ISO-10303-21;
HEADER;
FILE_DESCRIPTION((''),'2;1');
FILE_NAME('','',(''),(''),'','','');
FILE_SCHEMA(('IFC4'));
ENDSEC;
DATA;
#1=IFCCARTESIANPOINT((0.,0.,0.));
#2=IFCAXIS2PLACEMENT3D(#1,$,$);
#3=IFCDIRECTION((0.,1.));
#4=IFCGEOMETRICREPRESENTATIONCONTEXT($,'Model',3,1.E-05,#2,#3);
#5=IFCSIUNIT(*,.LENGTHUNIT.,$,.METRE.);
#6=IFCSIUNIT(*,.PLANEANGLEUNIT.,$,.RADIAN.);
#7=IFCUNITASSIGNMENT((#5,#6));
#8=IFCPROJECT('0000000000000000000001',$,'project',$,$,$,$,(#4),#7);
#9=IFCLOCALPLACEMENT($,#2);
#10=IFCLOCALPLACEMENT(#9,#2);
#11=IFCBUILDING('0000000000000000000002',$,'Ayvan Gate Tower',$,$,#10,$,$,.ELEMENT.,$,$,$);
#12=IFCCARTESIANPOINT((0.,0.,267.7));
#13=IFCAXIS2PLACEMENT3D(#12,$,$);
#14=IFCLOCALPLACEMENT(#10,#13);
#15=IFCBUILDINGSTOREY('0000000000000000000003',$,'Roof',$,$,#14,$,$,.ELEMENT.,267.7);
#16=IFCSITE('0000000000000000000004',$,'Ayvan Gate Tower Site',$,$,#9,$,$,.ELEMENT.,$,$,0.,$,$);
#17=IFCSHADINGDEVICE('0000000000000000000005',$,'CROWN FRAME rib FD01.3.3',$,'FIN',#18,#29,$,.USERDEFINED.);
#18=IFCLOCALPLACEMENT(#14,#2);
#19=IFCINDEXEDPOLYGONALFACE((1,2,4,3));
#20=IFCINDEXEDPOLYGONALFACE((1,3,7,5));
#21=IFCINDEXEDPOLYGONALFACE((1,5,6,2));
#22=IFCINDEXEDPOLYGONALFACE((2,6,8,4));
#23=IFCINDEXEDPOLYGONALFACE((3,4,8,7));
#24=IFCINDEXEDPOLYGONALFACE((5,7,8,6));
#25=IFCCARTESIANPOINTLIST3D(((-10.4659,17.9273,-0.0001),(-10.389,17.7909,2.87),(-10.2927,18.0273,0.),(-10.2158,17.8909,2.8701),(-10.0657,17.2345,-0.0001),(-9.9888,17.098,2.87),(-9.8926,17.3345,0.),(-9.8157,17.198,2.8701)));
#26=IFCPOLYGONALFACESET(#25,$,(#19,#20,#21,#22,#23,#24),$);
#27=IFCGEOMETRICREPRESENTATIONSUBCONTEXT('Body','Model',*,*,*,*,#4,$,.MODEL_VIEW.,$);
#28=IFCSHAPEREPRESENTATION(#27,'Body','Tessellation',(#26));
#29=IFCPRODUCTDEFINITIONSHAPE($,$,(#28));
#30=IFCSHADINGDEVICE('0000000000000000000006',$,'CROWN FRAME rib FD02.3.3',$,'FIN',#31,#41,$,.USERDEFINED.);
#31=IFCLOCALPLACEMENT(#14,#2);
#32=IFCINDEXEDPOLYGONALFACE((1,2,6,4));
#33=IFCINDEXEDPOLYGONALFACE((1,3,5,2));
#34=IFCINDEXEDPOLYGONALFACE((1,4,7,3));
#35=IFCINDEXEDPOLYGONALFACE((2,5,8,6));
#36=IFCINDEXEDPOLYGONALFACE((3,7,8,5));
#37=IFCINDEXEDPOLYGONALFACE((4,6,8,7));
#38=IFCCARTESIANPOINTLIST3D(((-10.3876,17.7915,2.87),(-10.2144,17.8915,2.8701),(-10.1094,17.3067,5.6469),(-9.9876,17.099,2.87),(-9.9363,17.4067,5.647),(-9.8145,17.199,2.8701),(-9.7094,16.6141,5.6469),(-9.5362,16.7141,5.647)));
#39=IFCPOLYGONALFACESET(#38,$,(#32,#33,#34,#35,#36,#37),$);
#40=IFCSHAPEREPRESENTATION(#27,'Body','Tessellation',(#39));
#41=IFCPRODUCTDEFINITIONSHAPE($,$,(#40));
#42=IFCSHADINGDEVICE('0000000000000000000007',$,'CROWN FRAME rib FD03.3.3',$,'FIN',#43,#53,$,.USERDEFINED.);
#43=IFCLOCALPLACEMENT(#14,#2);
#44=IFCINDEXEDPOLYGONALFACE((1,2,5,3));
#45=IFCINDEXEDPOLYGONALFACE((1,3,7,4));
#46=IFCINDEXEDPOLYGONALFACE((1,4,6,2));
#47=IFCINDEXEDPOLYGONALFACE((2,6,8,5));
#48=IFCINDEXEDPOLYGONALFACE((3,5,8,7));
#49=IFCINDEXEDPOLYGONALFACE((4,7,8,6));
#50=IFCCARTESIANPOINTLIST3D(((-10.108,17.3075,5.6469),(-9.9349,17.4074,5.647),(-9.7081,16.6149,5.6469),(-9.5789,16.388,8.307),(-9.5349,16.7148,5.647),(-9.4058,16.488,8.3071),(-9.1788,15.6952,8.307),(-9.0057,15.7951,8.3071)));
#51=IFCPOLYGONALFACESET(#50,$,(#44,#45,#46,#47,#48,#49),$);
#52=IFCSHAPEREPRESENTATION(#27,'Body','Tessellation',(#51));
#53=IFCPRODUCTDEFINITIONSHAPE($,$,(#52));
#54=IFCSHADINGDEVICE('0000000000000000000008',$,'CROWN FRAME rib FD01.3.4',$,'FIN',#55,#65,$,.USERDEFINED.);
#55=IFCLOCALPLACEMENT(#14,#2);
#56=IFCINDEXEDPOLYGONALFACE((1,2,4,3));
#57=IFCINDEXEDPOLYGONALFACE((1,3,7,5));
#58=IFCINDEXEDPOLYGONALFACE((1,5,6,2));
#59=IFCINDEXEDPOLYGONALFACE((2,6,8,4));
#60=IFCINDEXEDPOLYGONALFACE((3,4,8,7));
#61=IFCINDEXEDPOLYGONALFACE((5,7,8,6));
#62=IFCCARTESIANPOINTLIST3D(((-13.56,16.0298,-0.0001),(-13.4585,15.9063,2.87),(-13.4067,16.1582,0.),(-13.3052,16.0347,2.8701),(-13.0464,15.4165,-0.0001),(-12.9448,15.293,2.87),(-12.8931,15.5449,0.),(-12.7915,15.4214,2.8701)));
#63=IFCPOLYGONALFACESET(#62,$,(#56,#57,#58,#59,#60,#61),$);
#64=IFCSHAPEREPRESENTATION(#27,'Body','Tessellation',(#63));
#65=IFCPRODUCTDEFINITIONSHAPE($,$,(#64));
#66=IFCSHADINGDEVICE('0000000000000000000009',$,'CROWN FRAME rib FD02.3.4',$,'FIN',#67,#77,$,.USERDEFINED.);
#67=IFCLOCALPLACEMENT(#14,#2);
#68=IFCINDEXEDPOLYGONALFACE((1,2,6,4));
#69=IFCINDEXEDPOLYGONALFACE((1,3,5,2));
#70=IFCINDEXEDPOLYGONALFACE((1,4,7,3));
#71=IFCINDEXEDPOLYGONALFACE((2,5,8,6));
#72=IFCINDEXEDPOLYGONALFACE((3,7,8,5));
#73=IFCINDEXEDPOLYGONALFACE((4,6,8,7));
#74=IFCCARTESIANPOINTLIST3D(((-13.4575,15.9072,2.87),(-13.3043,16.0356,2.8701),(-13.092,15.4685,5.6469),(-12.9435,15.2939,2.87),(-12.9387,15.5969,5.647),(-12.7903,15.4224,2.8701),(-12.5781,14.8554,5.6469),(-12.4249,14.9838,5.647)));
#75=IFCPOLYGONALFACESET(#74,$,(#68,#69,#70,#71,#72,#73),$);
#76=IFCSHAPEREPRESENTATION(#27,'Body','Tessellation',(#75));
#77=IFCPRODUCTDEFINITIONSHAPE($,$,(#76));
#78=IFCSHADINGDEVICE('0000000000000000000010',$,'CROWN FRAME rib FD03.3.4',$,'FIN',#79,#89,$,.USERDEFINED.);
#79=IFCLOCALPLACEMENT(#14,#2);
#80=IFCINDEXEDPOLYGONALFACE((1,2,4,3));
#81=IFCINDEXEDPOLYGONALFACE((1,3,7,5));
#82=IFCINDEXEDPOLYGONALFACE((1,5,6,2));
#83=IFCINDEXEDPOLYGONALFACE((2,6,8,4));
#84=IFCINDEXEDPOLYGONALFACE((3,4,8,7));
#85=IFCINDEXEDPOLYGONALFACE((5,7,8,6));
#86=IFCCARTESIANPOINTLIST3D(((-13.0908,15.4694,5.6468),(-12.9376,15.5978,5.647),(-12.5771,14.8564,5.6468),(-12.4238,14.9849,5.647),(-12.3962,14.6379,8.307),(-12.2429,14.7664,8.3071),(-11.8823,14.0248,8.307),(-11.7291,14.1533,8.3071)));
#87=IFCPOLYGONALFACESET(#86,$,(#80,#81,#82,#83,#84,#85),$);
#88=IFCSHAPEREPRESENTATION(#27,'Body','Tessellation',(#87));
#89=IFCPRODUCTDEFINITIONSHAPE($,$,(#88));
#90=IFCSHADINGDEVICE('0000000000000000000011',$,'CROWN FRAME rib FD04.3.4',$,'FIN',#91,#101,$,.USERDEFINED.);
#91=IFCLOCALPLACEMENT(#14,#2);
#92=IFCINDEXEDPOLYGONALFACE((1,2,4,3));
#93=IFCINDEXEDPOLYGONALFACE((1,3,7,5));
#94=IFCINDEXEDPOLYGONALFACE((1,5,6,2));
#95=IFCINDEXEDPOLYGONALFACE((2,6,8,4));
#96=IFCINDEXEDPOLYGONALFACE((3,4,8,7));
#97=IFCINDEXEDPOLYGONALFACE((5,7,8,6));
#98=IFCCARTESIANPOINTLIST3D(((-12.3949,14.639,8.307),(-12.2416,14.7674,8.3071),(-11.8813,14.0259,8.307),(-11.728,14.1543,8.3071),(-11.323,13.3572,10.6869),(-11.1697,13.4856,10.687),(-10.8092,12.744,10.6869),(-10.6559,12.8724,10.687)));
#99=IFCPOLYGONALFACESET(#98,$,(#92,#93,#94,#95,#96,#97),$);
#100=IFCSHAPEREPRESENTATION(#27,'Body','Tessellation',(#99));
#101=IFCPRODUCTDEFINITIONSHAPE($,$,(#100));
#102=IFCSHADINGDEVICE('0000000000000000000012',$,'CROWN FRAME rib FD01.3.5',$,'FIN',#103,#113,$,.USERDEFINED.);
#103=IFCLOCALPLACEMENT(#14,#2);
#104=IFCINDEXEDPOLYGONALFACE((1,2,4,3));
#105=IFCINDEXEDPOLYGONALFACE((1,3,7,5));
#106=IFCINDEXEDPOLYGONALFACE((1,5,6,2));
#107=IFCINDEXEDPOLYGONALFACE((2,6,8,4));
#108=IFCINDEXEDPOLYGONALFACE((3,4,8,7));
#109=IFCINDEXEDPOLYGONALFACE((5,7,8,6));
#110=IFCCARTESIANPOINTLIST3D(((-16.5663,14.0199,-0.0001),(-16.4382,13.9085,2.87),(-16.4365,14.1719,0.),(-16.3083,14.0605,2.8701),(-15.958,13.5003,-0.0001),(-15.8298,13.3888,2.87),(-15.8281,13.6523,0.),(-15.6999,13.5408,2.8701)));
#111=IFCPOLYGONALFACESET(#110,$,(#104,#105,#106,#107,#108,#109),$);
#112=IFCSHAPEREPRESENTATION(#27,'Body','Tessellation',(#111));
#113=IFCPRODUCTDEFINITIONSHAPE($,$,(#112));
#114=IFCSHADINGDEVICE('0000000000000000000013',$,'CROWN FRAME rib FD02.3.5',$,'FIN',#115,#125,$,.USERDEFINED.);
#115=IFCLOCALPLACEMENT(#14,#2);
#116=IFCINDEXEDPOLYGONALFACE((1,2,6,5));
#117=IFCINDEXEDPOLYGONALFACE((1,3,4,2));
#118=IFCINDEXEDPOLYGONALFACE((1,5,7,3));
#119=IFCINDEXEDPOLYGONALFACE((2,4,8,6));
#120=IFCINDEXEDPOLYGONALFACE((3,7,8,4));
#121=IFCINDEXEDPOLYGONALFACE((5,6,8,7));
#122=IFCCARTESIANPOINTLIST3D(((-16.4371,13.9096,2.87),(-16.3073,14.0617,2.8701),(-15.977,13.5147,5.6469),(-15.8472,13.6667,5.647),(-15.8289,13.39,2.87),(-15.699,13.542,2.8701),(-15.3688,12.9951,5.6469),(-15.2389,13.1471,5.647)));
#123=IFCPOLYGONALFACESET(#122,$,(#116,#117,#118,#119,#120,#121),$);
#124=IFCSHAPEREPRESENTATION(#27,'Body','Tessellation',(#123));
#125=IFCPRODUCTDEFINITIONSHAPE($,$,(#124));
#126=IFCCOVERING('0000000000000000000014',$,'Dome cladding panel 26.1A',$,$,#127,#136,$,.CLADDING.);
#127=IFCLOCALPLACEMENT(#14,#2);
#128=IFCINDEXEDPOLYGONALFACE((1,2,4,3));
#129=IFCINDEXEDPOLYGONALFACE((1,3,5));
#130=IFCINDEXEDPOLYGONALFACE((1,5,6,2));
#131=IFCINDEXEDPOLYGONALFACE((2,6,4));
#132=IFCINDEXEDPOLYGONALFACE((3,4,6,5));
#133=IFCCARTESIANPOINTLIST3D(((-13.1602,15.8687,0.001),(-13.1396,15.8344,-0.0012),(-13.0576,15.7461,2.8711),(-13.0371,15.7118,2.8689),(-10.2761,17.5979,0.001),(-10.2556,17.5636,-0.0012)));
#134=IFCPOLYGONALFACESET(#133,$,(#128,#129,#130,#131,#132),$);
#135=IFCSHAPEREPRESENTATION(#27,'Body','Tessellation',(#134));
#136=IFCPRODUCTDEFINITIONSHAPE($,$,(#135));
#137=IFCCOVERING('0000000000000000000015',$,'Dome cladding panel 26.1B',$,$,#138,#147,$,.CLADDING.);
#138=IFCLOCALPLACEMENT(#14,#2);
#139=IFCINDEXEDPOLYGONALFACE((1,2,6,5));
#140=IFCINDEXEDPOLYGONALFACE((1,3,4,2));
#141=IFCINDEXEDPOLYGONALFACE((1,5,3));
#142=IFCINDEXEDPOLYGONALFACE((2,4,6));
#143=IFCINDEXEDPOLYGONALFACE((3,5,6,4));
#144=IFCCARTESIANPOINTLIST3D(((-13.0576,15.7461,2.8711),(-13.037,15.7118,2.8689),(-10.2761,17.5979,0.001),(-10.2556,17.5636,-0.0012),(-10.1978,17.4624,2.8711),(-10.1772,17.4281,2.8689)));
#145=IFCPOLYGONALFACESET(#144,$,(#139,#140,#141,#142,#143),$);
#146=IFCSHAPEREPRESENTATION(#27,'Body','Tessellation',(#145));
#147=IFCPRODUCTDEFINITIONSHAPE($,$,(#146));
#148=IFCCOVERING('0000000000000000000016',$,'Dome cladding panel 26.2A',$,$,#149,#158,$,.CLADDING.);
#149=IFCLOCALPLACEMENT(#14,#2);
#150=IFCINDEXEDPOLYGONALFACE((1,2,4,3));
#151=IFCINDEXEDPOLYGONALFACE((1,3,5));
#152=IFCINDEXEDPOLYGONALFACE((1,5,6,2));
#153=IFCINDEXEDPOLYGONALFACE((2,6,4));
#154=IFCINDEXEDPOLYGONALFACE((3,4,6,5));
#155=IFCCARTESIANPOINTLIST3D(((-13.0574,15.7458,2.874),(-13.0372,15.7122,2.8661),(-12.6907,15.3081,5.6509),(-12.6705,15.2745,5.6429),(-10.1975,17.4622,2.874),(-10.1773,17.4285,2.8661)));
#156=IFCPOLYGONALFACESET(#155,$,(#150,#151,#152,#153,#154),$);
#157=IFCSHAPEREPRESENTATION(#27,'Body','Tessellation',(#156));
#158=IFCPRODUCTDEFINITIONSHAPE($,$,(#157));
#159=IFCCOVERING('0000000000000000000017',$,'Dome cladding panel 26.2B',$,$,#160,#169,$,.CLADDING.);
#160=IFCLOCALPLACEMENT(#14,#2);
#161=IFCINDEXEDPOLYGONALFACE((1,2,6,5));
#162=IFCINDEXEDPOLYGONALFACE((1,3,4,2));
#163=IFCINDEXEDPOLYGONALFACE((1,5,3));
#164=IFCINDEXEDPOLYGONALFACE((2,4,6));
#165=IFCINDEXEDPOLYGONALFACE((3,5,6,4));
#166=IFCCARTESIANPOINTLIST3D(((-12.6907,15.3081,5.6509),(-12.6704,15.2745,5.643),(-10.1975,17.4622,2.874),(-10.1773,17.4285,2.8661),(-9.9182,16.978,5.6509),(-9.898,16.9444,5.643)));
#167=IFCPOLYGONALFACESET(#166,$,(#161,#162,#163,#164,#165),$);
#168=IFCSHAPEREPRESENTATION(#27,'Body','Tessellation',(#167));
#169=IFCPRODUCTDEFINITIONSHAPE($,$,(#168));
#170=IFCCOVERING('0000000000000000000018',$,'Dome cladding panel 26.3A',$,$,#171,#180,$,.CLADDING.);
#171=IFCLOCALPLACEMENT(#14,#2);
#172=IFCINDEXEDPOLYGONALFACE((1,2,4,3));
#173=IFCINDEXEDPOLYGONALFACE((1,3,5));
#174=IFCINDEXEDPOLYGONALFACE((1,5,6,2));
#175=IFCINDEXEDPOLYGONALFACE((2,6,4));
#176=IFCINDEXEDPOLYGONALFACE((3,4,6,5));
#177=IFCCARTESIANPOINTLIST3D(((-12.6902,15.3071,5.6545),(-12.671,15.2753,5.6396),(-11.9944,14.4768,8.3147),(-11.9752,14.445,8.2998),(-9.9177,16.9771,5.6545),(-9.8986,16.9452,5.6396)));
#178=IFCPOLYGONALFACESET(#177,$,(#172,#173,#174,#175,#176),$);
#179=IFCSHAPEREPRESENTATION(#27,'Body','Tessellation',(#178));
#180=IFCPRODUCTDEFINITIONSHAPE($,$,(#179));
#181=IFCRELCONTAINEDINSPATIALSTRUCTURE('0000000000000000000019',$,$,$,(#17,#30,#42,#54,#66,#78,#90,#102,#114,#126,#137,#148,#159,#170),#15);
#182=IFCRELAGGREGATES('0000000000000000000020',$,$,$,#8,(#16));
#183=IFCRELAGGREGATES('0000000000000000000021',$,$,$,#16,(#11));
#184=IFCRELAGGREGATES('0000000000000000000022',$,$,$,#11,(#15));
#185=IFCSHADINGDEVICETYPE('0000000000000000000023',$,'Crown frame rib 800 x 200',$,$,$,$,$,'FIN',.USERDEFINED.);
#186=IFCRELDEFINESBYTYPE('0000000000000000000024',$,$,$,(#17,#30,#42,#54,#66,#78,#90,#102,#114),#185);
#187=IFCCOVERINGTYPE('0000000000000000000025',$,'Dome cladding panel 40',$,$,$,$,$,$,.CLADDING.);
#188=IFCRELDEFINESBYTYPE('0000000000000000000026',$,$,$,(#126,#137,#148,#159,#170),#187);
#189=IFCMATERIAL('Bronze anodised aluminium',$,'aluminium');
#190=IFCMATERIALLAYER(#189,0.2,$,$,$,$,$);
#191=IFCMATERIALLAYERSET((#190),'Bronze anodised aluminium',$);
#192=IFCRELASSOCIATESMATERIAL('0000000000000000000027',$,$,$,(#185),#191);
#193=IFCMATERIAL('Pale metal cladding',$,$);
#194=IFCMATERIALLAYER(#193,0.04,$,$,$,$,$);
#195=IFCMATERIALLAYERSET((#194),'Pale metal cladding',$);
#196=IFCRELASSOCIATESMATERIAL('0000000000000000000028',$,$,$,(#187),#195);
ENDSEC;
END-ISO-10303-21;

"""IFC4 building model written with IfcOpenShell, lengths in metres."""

from ifc_helpers import new_model, si_unit, direction, frame, origin, place, context, subcontext, project, spatial, polyline, outline, extrude, material, layer, layer_set, type_object, element, save


model = new_model("IFC4")

# Units and contexts
model_context = context("Model", 3, precision=1e-05, world=origin(), true_north=direction((0.0, 1.0)))
body_context = subcontext(model_context, "Body", "Model", "MODEL_VIEW")
ifc_project = project(units=[si_unit("LENGTHUNIT", "METRE"), si_unit("PLANEANGLEUNIT", "RADIAN")], contexts=[model_context])

# Site, building, storey
site_placement = place(None, origin())
site = spatial("IfcSite", under=ifc_project, at=site_placement, Name="Ayvan Gate Tower Site", CompositionType="ELEMENT", RefElevation=0.0)
building_placement = place(site_placement, origin())
building = spatial("IfcBuilding", under=site, at=building_placement, Name="Ayvan Gate Tower", CompositionType="ELEMENT")
storey_placement = place(building_placement, frame((0.0, 0.0, 267.7)))
storey = spatial("IfcBuildingStorey", under=building, at=storey_placement, Name="Roof", CompositionType="ELEMENT", Elevation=267.7)

# Shading devices
ifc_material_1 = material(Name="Bronze anodised aluminium", Category="aluminium")
ifc_layer_1 = layer(ifc_material_1, 0.2)
ifc_layer_set_1 = layer_set([ifc_layer_1], Name="Bronze anodised aluminium")
shading_device_type = type_object("IfcShadingDeviceType", Name="Crown frame rib 800 x 200", ElementType="FIN", PredefinedType="USERDEFINED", material=ifc_layer_set_1)
shading_device_1_placement = place(storey_placement, frame((-9.8926, 17.3345, 0.0), z_axis=(0.865962, 0.50011, 0.000577), x_axis=(-0.50011, 0.865962, 0.0)))
element("IfcShadingDevice", 1, at=shading_device_1_placement, inside=storey, type_object=shading_device_type, Name="CROWN FRAME rib FD01.3.3", ObjectType="FIN", PredefinedType="USERDEFINED", context=body_context, shape_type="SweptSolid", body=[
    extrude(outline(polyline([(0.0, 0.0), (0.8001, 0.0), (0.6435, 2.8701), (-0.1566, 2.8701), (0.0, 0.0)])), origin(), (0.0, 0.0, -1.0), 0.2),
])
shading_device_2_placement = place(storey_placement, frame((-9.8145, 17.199, 2.8701), z_axis=(0.865952, 0.500127, 0.000572), x_axis=(-0.500128, 0.865952, 0.0)))
element("IfcShadingDevice", 2, at=shading_device_2_placement, inside=storey, type_object=shading_device_type, Name="CROWN FRAME rib FD02.3.3", ObjectType="FIN", PredefinedType="USERDEFINED", context=body_context, shape_type="SweptSolid", body=[
    extrude(outline(polyline([(0.0, 0.0), (0.7998, 0.0), (0.2408, 2.7769), (-0.5591, 2.7769), (0.0, 0.0)])), origin(), (0.0, 0.0, -1.0), 0.2),
])
shading_device_3_placement = place(storey_placement, frame((-9.5349, 16.7148, 5.647), z_axis=(0.86599, 0.500061, 0.000592), x_axis=(-0.500061, 0.86599, 0.0)))
element("IfcShadingDevice", 3, at=shading_device_3_placement, inside=storey, type_object=shading_device_type, Name="CROWN FRAME rib FD03.3.3", ObjectType="FIN", PredefinedType="USERDEFINED", context=body_context, shape_type="SweptSolid", body=[
    extrude(outline(polyline([(0.0, 0.0), (0.7998, 0.0), (-0.261, 2.6602), (-1.0611, 2.6602), (0.0, 0.0)])), origin(), (0.0, 0.0, -1.0), 0.2),
])
shading_device_4_placement = place(storey_placement, frame((-12.8931, 15.5449, 0.0), z_axis=(0.766618, 0.642103, 0.00051), x_axis=(-0.642104, 0.766618, 0.0)))
element("IfcShadingDevice", 4, at=shading_device_4_placement, inside=storey, type_object=shading_device_type, Name="CROWN FRAME rib FD01.3.4", ObjectType="FIN", PredefinedType="USERDEFINED", context=body_context, shape_type="SweptSolid", body=[
    extrude(outline(polyline([(0.0, 0.0), (0.8, 0.0), (0.6401, 2.8701), (-0.1599, 2.8701), (0.0, 0.0)])), origin(), (0.0, 0.0, -1.0), 0.2),
])
shading_device_5_placement = place(storey_placement, frame((-12.7903, 15.4224, 2.8701), z_axis=(0.766405, 0.642358, 0.000588), x_axis=(-0.642358, 0.766405, 0.0)))
element("IfcShadingDevice", 5, at=shading_device_5_placement, inside=storey, type_object=shading_device_type, Name="CROWN FRAME rib FD02.3.4", ObjectType="FIN", PredefinedType="USERDEFINED", context=body_context, shape_type="SweptSolid", body=[
    extrude(outline(polyline([(0.0, 0.0), (0.8001, 0.0), (0.2291, 2.7769), (-0.5708, 2.7769), (0.0, 0.0)])), origin(), (0.0, 0.0, -1.0), 0.2),
])
shading_device_6_placement = place(storey_placement, frame((-12.4238, 14.9849, 5.647), z_axis=(0.766417, 0.642343, 0.000641), x_axis=(-0.642343, 0.766417, 0.0)))
element("IfcShadingDevice", 6, at=shading_device_6_placement, inside=storey, type_object=shading_device_type, Name="CROWN FRAME rib FD03.3.4", ObjectType="FIN", PredefinedType="USERDEFINED", context=body_context, shape_type="SweptSolid", body=[
    extrude(outline(polyline([(0.0, 0.0), (0.7998, 0.0), (-0.2837, 2.6602), (-1.0836, 2.6602), (0.0, 0.0)])), origin(), (0.0, 0.0, -1.0), 0.2),
])
shading_device_7_placement = place(storey_placement, frame((-11.728, 14.1543, 8.3071), z_axis=(0.766555, 0.642179, 0.000597), x_axis=(-0.642179, 0.766555, 0.0)))
element("IfcShadingDevice", 7, at=shading_device_7_placement, inside=storey, type_object=shading_device_type, Name="CROWN FRAME rib FD04.3.4", ObjectType="FIN", PredefinedType="USERDEFINED", context=body_context, shape_type="SweptSolid", body=[
    extrude(outline(polyline([(0.0, 0.0), (0.7998, 0.0), (-0.8712, 2.3799), (-1.6711, 2.3799), (0.0, 0.0)])), origin(), (0.0, 0.0, -1.0), 0.2),
])
shading_device_8_placement = place(storey_placement, frame((-15.8281, 13.6523, 0.0), z_axis=(0.649471, 0.760386, 0.000523), x_axis=(-0.760386, 0.649471, 0.0)))
element("IfcShadingDevice", 8, at=shading_device_8_placement, inside=storey, type_object=shading_device_type, Name="CROWN FRAME rib FD01.3.5", ObjectType="FIN", PredefinedType="USERDEFINED", context=body_context, shape_type="SweptSolid", body=[
    extrude(outline(polyline([(0.0, 0.0), (0.8, 0.0), (0.6303, 2.8701), (-0.1699, 2.8701), (0.0, 0.0)])), origin(), (0.0, 0.0, -1.0), 0.2),
])
shading_device_9_placement = place(storey_placement, frame((-15.699, 13.542, 2.8701), z_axis=(0.649546, 0.760322, 0.000506), x_axis=(-0.760322, 0.649546, 0.0)))
element("IfcShadingDevice", 9, at=shading_device_9_placement, inside=storey, type_object=shading_device_type, Name="CROWN FRAME rib FD02.3.5", ObjectType="FIN", PredefinedType="USERDEFINED", context=body_context, shape_type="SweptSolid", body=[
    extrude(outline(polyline([(0.0, 0.0), (0.8, 0.0), (0.1937, 2.7769), (-0.6063, 2.7769), (0.0, 0.0)])), origin(), (0.0, 0.0, -1.0), 0.2),
])

# Coverings
ifc_material_2 = material(Name="Pale metal cladding")
ifc_layer_2 = layer(ifc_material_2, 0.04)
ifc_layer_set_2 = layer_set([ifc_layer_2], Name="Pale metal cladding")
covering_type = type_object("IfcCoveringType", Name="Dome cladding panel 40", PredefinedType="CLADDING", material=ifc_layer_set_2)
covering_1_placement = place(storey_placement, frame((-10.2761, 17.5979, 0.001), z_axis=(-0.513464, 0.856353, 0.054912), x_axis=(-0.857647, -0.514239, 0.0)))
element("IfcCovering", 10, at=covering_1_placement, inside=storey, type_object=covering_type, Name="Dome cladding panel 26.1A", PredefinedType="CLADDING", context=body_context, shape_type="SweptSolid", body=[
    extrude(outline(polyline([(0.0, 0.0), (3.3627, 0.0), (3.3378, 2.8745), (0.0, 0.0)])), origin(), (0.0, 0.0, -1.0), 0.04),
])
covering_2_placement = place(storey_placement, frame((-10.2761, 17.5979, 0.001), z_axis=(-0.513818, 0.856169, 0.05445), x_axis=(-0.631449, -0.420393, 0.651568)))
element("IfcCovering", 11, at=covering_2_placement, inside=storey, type_object=covering_type, Name="Dome cladding panel 26.1B", PredefinedType="CLADDING", context=body_context, shape_type="SweptSolid", body=[
    extrude(outline(polyline([(0.0, 0.0), (4.4049, 0.0), (1.8776, 2.1764), (0.0, 0.0)])), origin(), (0.0, 0.0, -1.0), 0.04),
])
covering_3_placement = place(storey_placement, frame((-10.1975, 17.4622, 2.874), z_axis=(-0.504284, 0.840282, 0.199056), x_axis=(-0.857441, -0.514582, 0.0)))
element("IfcCovering", 12, at=covering_3_placement, inside=storey, type_object=covering_type, Name="Dome cladding panel 26.2A", PredefinedType="CLADDING", context=body_context, shape_type="SweptSolid", body=[
    extrude(outline(polyline([(0.0, 0.0), (3.3353, 0.0), (3.2462, 2.8336), (0.0, 0.0)])), origin(), (0.0, 0.0, -1.0), 0.04),
])
covering_4_placement = place(storey_placement, frame((-10.1975, 17.4622, 2.874), z_axis=(-0.505819, 0.839777, 0.197286), x_axis=(-0.578606, -0.499906, 0.644444)))
element("IfcCovering", 13, at=covering_4_placement, inside=storey, type_object=covering_type, Name="Dome cladding panel 26.2B", PredefinedType="CLADDING", context=body_context, shape_type="SweptSolid", body=[
    extrude(outline(polyline([(0.0, 0.0), (4.3089, 0.0), (1.8699, 2.1276), (0.0, 0.0)])), origin(), (0.0, 0.0, -1.0), 0.04),
])
covering_5_placement = place(storey_placement, frame((-9.9177, 16.9771, 5.6545), z_axis=(-0.47867, 0.794704, 0.373256), x_axis=(-0.856613, -0.515959, 0.0)))
element("IfcCovering", 14, at=covering_5_placement, inside=storey, type_object=covering_type, Name="Dome cladding panel 26.3A", PredefinedType="CLADDING", context=body_context, shape_type="SweptSolid", body=[
    extrude(outline(polyline([(0.0, 0.0), (3.2365, 0.0), (3.0689, 2.8674), (0.0, 0.0)])), origin(), (0.0, 0.0, -1.0), 0.04),
])

save(model, "model.ifc")
